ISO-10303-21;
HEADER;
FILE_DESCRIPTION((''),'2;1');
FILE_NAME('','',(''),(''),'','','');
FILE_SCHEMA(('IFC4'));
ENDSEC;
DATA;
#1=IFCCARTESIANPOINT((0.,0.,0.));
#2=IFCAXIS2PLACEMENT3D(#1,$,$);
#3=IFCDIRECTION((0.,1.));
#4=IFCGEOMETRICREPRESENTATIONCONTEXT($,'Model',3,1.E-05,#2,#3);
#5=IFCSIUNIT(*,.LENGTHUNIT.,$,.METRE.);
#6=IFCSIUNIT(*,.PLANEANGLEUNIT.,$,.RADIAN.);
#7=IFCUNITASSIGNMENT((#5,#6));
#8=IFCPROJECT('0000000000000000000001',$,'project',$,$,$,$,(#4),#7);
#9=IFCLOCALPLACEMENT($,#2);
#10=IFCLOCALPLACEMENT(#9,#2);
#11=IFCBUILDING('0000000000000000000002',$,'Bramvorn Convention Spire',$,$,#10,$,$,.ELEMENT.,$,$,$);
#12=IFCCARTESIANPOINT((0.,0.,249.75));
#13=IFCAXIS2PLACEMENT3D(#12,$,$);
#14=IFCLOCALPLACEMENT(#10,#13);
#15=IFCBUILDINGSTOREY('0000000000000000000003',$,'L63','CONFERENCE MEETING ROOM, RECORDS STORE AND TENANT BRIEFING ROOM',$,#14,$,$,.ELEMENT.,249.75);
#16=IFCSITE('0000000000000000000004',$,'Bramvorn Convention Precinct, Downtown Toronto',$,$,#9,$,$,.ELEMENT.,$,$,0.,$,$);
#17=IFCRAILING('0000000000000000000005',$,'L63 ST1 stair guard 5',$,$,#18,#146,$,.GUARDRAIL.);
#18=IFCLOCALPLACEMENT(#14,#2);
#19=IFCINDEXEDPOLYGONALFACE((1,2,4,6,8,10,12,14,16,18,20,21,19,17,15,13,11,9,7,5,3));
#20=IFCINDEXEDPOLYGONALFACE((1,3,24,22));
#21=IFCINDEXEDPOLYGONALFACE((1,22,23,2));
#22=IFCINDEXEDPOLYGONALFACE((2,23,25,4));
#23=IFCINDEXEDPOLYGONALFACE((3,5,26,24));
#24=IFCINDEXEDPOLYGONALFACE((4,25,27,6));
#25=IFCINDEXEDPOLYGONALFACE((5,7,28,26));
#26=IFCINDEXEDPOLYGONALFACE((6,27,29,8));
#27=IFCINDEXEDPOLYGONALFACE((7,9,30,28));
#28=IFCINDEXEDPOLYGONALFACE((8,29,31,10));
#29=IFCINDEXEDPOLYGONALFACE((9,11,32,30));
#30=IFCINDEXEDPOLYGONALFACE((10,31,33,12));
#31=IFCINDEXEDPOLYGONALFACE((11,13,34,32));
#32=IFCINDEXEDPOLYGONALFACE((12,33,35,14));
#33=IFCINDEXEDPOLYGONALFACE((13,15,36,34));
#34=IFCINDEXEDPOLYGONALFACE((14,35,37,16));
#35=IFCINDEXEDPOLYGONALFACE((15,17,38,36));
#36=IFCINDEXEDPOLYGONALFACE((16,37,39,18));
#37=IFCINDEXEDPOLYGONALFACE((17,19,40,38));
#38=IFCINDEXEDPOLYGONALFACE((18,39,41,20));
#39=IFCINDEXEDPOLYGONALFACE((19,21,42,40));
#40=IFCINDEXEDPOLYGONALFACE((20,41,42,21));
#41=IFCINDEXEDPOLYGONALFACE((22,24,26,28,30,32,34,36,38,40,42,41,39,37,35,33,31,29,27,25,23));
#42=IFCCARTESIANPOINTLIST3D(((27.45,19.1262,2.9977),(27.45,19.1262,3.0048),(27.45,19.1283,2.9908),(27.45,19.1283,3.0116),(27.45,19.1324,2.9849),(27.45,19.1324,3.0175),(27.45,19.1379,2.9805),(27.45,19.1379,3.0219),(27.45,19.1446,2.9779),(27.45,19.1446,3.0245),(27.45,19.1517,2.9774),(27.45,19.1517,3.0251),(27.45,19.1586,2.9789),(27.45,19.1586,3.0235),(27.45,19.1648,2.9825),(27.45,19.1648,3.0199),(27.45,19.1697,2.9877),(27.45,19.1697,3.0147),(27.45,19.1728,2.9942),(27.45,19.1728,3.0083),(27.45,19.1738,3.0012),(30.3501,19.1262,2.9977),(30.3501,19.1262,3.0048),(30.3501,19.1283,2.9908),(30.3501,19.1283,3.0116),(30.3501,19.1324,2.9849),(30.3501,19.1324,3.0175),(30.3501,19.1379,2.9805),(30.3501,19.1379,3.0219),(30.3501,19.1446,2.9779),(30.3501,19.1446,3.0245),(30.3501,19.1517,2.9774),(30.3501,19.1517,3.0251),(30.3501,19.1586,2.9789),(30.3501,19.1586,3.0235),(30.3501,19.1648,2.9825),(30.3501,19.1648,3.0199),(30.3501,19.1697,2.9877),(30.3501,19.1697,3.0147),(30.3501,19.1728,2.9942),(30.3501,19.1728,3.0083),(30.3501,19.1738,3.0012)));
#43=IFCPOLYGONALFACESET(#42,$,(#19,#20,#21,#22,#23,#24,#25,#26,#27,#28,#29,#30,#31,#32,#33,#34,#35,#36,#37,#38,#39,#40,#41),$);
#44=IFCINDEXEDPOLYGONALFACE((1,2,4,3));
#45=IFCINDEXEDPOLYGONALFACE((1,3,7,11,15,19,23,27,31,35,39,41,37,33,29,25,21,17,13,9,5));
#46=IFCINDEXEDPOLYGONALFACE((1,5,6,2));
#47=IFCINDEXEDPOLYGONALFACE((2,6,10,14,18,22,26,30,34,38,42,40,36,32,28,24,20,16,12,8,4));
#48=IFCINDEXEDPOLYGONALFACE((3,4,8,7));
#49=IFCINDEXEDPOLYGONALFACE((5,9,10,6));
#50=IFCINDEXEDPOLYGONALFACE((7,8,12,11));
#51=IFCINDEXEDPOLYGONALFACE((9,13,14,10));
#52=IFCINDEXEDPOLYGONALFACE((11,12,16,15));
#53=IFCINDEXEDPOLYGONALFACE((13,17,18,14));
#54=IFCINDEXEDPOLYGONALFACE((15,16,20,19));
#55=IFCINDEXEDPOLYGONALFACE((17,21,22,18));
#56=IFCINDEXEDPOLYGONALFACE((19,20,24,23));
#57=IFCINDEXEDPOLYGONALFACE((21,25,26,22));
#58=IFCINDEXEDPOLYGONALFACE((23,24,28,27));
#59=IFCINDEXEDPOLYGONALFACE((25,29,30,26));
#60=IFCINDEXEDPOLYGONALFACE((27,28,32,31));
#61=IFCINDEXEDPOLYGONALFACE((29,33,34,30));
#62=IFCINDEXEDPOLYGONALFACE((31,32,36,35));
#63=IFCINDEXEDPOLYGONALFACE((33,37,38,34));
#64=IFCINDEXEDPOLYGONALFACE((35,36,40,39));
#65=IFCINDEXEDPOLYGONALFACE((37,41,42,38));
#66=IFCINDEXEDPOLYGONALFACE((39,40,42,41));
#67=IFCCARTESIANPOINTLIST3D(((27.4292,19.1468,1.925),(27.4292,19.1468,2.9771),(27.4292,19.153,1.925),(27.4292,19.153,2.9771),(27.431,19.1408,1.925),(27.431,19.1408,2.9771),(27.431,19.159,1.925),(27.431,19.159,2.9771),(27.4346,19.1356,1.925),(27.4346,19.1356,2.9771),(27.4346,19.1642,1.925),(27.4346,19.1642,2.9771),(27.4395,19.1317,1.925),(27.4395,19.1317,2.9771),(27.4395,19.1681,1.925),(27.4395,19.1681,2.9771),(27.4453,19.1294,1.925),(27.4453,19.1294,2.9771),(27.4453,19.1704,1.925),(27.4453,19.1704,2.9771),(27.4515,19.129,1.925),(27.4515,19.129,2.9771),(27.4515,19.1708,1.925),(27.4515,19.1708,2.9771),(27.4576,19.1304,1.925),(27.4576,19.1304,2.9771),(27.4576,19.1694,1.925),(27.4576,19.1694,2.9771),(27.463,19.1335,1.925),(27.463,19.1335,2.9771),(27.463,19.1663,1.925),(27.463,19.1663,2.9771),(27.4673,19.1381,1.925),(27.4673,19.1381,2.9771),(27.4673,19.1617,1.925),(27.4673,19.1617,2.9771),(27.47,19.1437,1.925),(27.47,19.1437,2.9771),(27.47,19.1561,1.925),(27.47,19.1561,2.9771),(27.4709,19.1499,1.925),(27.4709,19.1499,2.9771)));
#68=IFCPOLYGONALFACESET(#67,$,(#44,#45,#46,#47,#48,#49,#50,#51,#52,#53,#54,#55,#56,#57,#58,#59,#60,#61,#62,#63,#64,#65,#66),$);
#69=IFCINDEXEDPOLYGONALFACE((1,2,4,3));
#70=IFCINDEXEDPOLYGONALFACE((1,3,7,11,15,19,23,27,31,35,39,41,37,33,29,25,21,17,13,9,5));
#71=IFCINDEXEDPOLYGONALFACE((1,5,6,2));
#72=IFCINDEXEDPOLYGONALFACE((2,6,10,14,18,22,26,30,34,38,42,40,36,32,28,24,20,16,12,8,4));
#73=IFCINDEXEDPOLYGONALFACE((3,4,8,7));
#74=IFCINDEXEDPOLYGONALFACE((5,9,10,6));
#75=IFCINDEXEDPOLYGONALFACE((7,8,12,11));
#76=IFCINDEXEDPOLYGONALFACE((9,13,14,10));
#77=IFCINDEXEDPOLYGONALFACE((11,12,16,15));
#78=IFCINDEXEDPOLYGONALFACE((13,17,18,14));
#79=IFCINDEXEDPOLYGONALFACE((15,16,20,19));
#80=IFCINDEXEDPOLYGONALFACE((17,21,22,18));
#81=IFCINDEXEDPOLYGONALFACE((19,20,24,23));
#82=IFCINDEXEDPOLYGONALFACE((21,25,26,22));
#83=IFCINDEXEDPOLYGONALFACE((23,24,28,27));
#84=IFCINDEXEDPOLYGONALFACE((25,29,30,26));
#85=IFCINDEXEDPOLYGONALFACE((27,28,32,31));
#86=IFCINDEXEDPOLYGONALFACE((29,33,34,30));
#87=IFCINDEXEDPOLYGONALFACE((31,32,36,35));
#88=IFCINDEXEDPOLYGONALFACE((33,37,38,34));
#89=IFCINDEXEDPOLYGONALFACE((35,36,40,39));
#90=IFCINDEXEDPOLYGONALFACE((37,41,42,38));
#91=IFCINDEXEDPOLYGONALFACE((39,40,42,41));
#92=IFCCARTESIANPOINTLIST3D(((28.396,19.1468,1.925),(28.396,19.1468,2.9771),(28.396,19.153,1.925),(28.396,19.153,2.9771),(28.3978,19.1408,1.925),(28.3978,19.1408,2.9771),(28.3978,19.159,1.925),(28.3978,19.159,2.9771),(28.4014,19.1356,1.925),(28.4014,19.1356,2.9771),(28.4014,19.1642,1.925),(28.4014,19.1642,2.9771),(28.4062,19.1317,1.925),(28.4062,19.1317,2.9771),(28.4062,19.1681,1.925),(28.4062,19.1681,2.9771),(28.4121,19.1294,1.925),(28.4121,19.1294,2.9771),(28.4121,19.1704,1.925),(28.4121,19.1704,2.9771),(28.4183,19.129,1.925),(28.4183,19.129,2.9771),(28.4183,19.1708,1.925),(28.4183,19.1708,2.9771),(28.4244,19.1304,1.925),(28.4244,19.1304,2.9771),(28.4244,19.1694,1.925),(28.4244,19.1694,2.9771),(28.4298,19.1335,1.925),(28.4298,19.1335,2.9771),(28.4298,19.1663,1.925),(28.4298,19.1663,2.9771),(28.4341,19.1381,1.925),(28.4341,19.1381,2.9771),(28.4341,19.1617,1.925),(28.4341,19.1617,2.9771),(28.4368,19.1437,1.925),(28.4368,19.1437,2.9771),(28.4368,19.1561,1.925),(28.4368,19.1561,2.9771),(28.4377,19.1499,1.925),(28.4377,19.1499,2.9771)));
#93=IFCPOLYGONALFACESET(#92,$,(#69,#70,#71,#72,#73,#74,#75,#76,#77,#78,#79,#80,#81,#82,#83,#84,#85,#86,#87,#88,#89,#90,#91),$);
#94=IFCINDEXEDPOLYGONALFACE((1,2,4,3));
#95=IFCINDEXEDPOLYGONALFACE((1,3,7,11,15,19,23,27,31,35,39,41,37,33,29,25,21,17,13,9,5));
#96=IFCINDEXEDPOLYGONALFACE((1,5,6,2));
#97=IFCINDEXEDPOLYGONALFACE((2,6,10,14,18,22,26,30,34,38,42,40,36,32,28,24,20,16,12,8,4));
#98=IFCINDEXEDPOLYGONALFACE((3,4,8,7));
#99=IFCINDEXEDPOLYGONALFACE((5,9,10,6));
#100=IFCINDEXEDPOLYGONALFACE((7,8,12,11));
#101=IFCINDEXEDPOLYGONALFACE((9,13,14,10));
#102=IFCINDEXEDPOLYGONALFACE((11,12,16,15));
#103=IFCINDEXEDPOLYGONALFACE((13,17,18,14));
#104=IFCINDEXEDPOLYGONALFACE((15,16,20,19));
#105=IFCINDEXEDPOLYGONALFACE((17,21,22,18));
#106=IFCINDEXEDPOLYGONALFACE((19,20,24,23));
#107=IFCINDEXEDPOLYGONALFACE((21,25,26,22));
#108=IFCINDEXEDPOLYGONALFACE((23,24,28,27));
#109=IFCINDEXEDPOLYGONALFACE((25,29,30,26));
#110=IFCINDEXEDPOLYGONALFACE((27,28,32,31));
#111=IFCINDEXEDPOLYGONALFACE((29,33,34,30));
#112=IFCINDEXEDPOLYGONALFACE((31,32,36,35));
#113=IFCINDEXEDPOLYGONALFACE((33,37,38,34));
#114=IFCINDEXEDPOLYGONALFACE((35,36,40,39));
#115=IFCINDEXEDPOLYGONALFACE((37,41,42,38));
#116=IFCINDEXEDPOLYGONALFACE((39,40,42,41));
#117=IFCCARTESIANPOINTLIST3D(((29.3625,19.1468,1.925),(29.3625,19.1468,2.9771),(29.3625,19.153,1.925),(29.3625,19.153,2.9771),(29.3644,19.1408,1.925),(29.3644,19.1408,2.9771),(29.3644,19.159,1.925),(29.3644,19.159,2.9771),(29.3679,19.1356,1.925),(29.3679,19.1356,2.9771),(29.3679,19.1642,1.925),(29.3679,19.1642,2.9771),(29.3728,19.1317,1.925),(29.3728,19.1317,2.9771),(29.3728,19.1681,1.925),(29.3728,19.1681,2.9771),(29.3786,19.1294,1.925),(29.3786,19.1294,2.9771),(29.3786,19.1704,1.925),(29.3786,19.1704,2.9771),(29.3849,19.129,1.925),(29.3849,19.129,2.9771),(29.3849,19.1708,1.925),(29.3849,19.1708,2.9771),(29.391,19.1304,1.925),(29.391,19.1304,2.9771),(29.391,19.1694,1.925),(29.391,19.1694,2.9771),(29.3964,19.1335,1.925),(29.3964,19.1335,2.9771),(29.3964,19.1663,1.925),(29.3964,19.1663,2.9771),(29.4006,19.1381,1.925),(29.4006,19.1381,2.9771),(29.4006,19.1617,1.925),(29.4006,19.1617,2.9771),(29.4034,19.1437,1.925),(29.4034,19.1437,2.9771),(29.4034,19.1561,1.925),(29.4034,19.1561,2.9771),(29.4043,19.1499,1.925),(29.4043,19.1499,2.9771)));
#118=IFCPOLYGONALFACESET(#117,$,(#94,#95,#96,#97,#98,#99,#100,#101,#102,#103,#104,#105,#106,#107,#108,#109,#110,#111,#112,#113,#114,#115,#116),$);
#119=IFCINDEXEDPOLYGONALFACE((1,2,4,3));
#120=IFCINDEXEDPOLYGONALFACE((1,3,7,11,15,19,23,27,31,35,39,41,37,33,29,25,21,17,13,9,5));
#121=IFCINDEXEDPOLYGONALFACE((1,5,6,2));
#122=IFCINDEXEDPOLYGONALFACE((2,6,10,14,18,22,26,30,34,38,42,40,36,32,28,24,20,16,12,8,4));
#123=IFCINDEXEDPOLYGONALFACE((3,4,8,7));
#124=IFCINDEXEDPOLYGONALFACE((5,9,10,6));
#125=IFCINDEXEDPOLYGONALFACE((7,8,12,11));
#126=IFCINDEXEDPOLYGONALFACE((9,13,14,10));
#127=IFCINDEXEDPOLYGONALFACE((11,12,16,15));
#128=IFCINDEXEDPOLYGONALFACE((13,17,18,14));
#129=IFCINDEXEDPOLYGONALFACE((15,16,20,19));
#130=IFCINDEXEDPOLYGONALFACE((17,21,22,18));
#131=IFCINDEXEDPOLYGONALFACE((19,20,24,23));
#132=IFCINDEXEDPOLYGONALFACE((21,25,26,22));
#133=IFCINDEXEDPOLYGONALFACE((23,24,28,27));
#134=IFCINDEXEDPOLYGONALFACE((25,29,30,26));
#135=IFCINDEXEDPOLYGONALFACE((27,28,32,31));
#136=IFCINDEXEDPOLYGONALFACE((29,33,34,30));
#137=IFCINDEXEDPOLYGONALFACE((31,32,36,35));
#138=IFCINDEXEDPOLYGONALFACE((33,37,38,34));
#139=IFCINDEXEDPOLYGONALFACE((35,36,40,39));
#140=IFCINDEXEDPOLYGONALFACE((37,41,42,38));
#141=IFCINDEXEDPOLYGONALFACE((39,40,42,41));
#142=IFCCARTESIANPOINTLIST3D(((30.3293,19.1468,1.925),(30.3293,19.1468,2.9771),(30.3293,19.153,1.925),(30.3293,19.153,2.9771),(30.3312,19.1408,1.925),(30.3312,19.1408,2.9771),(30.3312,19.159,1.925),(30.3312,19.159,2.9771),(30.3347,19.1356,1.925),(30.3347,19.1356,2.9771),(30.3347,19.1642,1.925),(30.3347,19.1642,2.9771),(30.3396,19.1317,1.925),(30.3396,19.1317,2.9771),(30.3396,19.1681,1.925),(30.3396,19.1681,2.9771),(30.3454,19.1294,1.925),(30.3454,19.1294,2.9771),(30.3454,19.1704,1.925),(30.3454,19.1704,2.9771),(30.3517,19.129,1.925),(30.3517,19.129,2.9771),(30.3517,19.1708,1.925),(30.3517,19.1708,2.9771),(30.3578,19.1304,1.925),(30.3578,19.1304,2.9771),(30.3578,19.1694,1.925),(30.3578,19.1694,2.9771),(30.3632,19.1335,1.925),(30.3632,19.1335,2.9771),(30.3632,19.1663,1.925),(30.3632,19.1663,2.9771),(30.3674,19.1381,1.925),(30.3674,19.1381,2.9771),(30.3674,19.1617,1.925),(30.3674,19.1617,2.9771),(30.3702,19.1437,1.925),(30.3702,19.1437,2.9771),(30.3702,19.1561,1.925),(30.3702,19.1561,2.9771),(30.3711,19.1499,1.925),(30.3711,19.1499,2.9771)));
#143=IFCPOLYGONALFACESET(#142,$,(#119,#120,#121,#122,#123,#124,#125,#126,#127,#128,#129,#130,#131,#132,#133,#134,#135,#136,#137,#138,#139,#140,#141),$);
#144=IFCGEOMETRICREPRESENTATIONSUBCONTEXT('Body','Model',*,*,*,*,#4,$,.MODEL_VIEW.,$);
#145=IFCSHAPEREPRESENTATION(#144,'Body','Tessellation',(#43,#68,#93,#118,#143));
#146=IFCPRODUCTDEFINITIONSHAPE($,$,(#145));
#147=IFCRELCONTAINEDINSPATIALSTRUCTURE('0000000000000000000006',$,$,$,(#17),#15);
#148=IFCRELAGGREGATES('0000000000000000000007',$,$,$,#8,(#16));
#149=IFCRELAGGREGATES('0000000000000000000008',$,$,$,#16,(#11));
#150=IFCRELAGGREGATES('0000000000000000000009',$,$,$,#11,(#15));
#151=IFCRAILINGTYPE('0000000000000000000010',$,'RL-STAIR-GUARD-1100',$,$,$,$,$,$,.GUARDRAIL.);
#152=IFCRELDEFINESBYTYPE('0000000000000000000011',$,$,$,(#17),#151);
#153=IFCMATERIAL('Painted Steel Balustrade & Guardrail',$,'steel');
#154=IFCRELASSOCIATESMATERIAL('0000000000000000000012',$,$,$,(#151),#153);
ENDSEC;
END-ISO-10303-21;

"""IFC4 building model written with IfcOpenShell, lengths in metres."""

from ifc_helpers import new_model, si_unit, direction, frame, origin, origin_2d, place, context, subcontext, project, spatial, circle, extrude, material, type_object, element, save


model = new_model("IFC4")

# Units and contexts
model_context = context("Model", 3, precision=1e-05, world=origin(), true_north=direction((0.0, 1.0)))
body_context = subcontext(model_context, "Body", "Model", "MODEL_VIEW")
ifc_project = project(units=[si_unit("LENGTHUNIT", "METRE"), si_unit("PLANEANGLEUNIT", "RADIAN")], contexts=[model_context])

# Site, building, storey
site_placement = place(None, origin())
site = spatial("IfcSite", under=ifc_project, at=site_placement, Name="Bramvorn Convention Precinct, Downtown Toronto", CompositionType="ELEMENT", RefElevation=0.0)
building_placement = place(site_placement, origin())
building = spatial("IfcBuilding", under=site, at=building_placement, Name="Bramvorn Convention Spire", CompositionType="ELEMENT")
storey_placement = place(building_placement, frame((0.0, 0.0, 249.75)))
storey = spatial("IfcBuildingStorey", under=building, at=storey_placement, Name="L63", Description="CONFERENCE MEETING ROOM, RECORDS STORE AND TENANT BRIEFING ROOM", CompositionType="ELEMENT", Elevation=249.75)

# Railing
ifc_material_1 = material(Name="Painted Steel Balustrade & Guardrail", Category="steel")
railing_type_1 = type_object("IfcRailingType", Name="RL-STAIR-GUARD-1100", PredefinedType="GUARDRAIL", material=ifc_material_1)
railing_1_placement = place(storey_placement, frame((27.45, 19.1499, 1.925)))
element("IfcRailing", 1, at=railing_1_placement, inside=storey, type_object=railing_type_1, Name="L63 ST1 stair guard 5", PredefinedType="GUARDRAIL", context=body_context, shape_type="SweptSolid", body=[
    extrude(circle(Radius=0.0239, at=origin_2d()), frame((0.0, 0.0, 1.0762), z_axis=(1.0, 0.0, 0.0), x_axis=(0.0, 1.0, 0.0)), (0.0, 0.0, 1.0), 2.9001),
    extrude(circle(Radius=0.021, at=origin_2d()), origin(), (0.0, 0.0, 1.0), 1.052),
    extrude(circle(Radius=0.021, at=origin_2d()), frame((0.9668, 0.0, 0.0)), (0.0, 0.0, 1.0), 1.052),
    extrude(circle(Radius=0.021, at=origin_2d()), frame((1.9333, 0.0, 0.0)), (0.0, 0.0, 1.0), 1.052),
    extrude(circle(Radius=0.021, at=origin_2d()), frame((2.9001, 0.0, 0.0)), (0.0, 0.0, 1.0), 1.052),
])

save(model, "model.ifc")
